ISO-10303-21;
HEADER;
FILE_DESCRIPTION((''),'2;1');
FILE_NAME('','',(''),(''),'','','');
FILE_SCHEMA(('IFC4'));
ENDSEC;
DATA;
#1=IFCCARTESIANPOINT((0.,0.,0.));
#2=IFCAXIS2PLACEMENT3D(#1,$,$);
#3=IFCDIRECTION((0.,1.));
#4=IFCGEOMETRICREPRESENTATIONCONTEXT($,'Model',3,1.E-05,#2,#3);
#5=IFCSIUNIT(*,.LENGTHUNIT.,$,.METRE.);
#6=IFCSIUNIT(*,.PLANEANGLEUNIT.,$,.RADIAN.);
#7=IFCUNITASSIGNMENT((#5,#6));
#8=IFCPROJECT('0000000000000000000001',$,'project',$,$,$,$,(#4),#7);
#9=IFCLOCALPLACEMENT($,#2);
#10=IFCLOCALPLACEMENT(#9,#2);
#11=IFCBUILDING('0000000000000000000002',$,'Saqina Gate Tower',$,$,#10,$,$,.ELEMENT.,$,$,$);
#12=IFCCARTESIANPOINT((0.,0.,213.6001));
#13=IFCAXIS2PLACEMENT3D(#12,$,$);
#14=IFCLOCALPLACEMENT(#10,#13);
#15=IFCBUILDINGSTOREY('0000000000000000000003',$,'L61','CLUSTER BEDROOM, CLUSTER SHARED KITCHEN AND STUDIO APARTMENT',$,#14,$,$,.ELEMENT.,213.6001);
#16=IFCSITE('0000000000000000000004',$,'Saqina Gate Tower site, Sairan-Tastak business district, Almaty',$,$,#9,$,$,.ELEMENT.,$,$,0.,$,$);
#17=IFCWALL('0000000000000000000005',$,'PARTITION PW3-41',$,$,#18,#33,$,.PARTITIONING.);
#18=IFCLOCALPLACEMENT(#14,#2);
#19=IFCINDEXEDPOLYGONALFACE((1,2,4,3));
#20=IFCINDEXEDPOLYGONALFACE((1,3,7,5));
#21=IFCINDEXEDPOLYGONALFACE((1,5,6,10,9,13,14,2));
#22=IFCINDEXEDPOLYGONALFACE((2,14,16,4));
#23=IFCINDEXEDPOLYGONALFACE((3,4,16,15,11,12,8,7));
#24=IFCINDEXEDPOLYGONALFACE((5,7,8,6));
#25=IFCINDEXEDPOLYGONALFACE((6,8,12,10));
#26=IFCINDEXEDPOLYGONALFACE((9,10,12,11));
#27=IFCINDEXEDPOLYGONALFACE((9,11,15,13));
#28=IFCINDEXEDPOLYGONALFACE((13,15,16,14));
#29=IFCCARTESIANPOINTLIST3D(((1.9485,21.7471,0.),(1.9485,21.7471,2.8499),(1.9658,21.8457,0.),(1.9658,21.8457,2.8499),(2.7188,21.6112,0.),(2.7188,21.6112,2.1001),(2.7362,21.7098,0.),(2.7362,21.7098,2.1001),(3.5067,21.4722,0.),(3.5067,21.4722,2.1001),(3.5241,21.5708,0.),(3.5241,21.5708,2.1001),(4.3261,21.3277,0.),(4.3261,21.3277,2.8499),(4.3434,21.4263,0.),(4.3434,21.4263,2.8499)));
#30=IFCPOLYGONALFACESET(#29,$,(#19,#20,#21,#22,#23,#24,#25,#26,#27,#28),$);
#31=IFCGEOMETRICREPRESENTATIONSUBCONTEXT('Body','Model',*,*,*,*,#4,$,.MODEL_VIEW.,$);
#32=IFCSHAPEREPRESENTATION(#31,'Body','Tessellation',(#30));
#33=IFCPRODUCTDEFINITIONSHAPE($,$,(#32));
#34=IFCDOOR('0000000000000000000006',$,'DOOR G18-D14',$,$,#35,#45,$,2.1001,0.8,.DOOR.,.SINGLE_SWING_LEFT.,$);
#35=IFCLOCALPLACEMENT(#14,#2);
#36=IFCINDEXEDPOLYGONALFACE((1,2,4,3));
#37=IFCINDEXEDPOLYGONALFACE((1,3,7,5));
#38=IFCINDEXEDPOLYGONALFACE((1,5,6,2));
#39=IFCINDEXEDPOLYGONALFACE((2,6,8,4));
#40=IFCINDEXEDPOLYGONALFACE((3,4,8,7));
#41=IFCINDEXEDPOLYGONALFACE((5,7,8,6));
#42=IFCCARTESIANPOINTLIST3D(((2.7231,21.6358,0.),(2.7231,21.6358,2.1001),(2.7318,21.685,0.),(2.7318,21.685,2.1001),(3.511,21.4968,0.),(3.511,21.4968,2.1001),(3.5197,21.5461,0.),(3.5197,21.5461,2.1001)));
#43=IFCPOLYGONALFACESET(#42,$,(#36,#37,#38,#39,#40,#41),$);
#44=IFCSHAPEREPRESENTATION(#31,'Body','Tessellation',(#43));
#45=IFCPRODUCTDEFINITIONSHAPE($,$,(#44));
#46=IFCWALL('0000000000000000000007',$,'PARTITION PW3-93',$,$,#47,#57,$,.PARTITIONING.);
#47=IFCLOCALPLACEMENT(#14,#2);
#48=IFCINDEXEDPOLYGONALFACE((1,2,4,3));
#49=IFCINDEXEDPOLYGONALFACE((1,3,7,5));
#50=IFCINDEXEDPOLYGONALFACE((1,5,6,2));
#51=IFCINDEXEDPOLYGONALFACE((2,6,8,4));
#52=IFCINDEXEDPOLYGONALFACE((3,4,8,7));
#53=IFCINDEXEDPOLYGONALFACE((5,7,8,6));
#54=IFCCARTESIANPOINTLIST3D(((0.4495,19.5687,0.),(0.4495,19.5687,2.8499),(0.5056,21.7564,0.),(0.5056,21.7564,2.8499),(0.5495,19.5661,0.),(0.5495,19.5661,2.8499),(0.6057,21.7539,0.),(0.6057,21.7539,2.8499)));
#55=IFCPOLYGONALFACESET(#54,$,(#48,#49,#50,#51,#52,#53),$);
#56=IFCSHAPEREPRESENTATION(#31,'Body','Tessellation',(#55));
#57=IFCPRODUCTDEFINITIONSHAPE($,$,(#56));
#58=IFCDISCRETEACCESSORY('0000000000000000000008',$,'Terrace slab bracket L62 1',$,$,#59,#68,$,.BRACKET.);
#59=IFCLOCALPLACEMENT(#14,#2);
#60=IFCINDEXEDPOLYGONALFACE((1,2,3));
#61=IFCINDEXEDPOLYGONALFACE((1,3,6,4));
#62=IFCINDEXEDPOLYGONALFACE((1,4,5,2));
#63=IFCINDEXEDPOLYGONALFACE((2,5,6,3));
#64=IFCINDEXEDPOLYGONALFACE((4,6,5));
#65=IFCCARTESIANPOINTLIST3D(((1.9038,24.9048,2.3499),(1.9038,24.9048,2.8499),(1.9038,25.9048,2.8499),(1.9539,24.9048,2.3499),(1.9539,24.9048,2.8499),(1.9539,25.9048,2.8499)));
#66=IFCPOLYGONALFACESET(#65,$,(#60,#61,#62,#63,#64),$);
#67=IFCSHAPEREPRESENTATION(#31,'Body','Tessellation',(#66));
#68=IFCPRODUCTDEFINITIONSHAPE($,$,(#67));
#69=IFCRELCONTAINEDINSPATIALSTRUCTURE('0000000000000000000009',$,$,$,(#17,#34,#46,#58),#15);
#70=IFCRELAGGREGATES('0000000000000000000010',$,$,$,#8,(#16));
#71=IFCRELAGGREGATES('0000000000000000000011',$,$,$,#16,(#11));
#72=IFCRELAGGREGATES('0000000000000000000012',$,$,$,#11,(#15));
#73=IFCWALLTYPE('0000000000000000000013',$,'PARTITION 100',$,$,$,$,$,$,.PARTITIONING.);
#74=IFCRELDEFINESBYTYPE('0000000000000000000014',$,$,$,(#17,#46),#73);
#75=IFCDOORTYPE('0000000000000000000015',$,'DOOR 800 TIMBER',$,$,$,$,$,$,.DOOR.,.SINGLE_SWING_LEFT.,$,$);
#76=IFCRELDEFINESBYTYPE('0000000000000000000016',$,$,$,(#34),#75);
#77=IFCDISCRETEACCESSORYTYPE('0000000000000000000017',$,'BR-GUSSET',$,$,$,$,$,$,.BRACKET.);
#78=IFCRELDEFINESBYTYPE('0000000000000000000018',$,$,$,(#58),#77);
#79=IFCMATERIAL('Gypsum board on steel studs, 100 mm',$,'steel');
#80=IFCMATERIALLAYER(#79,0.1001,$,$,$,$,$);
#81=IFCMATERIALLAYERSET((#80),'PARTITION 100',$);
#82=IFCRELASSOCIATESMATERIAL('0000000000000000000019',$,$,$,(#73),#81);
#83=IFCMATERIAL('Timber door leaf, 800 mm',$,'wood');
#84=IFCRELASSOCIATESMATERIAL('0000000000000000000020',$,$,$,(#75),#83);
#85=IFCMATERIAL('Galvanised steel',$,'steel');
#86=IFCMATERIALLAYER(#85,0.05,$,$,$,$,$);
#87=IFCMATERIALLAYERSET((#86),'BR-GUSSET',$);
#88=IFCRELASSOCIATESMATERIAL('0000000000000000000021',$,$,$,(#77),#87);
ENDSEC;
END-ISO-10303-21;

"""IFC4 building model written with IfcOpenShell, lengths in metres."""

from ifc_helpers import new_model, si_unit, direction, frame, frame_2d, origin, place, context, subcontext, project, spatial, polyline, rectangle, outline, extrude, material, layer, layer_set, type_object, element, fill, save


model = new_model("IFC4")

# Units and contexts
model_context = context("Model", 3, precision=1e-05, world=origin(), true_north=direction((0.0, 1.0)))
body_context = subcontext(model_context, "Body", "Model", "MODEL_VIEW")
ifc_project = project(units=[si_unit("LENGTHUNIT", "METRE"), si_unit("PLANEANGLEUNIT", "RADIAN")], contexts=[model_context])

# Site, building, storey
site_placement = place(None, origin())
site = spatial("IfcSite", under=ifc_project, at=site_placement, Name="Saqina Gate Tower site, Sairan-Tastak business district, Almaty", CompositionType="ELEMENT", RefElevation=0.0)
building_placement = place(site_placement, origin())
building = spatial("IfcBuilding", under=site, at=building_placement, Name="Saqina Gate Tower", CompositionType="ELEMENT")
storey_placement = place(building_placement, frame((0.0, 0.0, 213.6001)))
storey = spatial("IfcBuildingStorey", under=building, at=storey_placement, Name="L61", Description="CLUSTER BEDROOM, CLUSTER SHARED KITCHEN AND STUDIO APARTMENT", CompositionType="ELEMENT", Elevation=213.6001)

# Wall, opening, door
ifc_material_1 = material(Name="Gypsum board on steel studs, 100 mm", Category="steel")
ifc_layer_1 = layer(ifc_material_1, 0.1001)
ifc_layer_set_1 = layer_set([ifc_layer_1], Name="PARTITION 100")
wall_type_1 = type_object("IfcWallType", Name="PARTITION 100", PredefinedType="PARTITIONING", material=ifc_layer_set_1)
ifc_material_2 = material(Name="Timber door leaf, 800 mm", Category="wood")
door_type = type_object("IfcDoorType", Name="DOOR 800 TIMBER", OperationType="SINGLE_SWING_LEFT", PredefinedType="DOOR", material=ifc_material_2)
wall_1_placement = place(storey_placement, frame((1.9573, 21.7964, 0.0), z_axis=(0.0, 0.0, 1.0), x_axis=(0.984795, -0.173722, 0.0)))
wall_1 = element("IfcWall", 1, at=wall_1_placement, inside=storey, type_object=wall_type_1, Name="PARTITION PW3-41", PredefinedType="PARTITIONING", context=body_context, shape_type="SweptSolid", body=[
    extrude(rectangle(XDim=2.4143, YDim=0.1001, at=frame_2d((1.207, 0.0))), origin(), (0.0, 0.0, 1.0), 2.8499),
])
opening_1_placement = place(wall_1_placement, frame((0.7822, 0.0, 0.0)))
opening_1 = element("IfcOpeningElement", 2, at=opening_1_placement, cuts=wall_1, PredefinedType="OPENING", context=body_context, shape_type="SweptSolid", body=[
    extrude(rectangle(XDim=0.8, YDim=2.1001, at=frame_2d((0.3999, 1.05))), frame((0.0, 0.062, 0.0), z_axis=(0.0, -1.0, 0.0), x_axis=(1.0, 0.0, 0.0)), (0.0, 0.0, 1.0), 0.124),
])
door_1_placement = place(opening_1_placement, origin())
door_1 = element("IfcDoor", 3, at=door_1_placement, inside=storey, type_object=door_type, Name="DOOR G18-D14", OperationType="SINGLE_SWING_LEFT", OverallHeight=2.1001, OverallWidth=0.8, PredefinedType="DOOR", context=body_context, shape_type="SweptSolid", body=[
    extrude(rectangle(XDim=0.8, YDim=2.1001, at=frame_2d((0.3999, 1.05))), frame((0.0, 0.0249, 0.0), z_axis=(0.0, -1.0, 0.0), x_axis=(1.0, 0.0, 0.0)), (0.0, 0.0, 1.0), 0.05),
])
fill(opening_1, door_1)

# Wall
wall_2_placement = place(storey_placement, frame((0.4995, 19.5674, 0.0), z_axis=(0.0, 0.0, 1.0), x_axis=(0.025658, 0.999671, 0.0)))
element("IfcWall", 4, at=wall_2_placement, inside=storey, type_object=wall_type_1, Name="PARTITION PW3-93", PredefinedType="PARTITIONING", context=body_context, shape_type="SweptSolid", body=[
    extrude(rectangle(XDim=2.1885, YDim=0.1001, at=frame_2d((1.0942, 0.0))), origin(), (0.0, 0.0, 1.0), 2.8499),
])

# Discrete accessory
ifc_material_3 = material(Name="Galvanised steel", Category="steel")
ifc_layer_2 = layer(ifc_material_3, 0.05)
ifc_layer_set_2 = layer_set([ifc_layer_2], Name="BR-GUSSET")
discrete_accessory_type = type_object("IfcDiscreteAccessoryType", Name="BR-GUSSET", PredefinedType="BRACKET", material=ifc_layer_set_2)
discrete_accessory_placement = place(storey_placement, frame((1.9038, 24.9048, 2.3499), z_axis=(-1.0, 0.0, 0.0), x_axis=(0.0, 0.0, 1.0)))
element("IfcDiscreteAccessory", 5, at=discrete_accessory_placement, inside=storey, type_object=discrete_accessory_type, Name="Terrace slab bracket L62 1", PredefinedType="BRACKET", context=body_context, shape_type="SweptSolid", body=[
    extrude(outline(polyline([(0.0, 0.0), (0.5, 0.0), (0.5, 1.0), (0.0, 0.0)])), origin(), (0.0, 0.0, -1.0), 0.05),
])

save(model, "model.ifc")
